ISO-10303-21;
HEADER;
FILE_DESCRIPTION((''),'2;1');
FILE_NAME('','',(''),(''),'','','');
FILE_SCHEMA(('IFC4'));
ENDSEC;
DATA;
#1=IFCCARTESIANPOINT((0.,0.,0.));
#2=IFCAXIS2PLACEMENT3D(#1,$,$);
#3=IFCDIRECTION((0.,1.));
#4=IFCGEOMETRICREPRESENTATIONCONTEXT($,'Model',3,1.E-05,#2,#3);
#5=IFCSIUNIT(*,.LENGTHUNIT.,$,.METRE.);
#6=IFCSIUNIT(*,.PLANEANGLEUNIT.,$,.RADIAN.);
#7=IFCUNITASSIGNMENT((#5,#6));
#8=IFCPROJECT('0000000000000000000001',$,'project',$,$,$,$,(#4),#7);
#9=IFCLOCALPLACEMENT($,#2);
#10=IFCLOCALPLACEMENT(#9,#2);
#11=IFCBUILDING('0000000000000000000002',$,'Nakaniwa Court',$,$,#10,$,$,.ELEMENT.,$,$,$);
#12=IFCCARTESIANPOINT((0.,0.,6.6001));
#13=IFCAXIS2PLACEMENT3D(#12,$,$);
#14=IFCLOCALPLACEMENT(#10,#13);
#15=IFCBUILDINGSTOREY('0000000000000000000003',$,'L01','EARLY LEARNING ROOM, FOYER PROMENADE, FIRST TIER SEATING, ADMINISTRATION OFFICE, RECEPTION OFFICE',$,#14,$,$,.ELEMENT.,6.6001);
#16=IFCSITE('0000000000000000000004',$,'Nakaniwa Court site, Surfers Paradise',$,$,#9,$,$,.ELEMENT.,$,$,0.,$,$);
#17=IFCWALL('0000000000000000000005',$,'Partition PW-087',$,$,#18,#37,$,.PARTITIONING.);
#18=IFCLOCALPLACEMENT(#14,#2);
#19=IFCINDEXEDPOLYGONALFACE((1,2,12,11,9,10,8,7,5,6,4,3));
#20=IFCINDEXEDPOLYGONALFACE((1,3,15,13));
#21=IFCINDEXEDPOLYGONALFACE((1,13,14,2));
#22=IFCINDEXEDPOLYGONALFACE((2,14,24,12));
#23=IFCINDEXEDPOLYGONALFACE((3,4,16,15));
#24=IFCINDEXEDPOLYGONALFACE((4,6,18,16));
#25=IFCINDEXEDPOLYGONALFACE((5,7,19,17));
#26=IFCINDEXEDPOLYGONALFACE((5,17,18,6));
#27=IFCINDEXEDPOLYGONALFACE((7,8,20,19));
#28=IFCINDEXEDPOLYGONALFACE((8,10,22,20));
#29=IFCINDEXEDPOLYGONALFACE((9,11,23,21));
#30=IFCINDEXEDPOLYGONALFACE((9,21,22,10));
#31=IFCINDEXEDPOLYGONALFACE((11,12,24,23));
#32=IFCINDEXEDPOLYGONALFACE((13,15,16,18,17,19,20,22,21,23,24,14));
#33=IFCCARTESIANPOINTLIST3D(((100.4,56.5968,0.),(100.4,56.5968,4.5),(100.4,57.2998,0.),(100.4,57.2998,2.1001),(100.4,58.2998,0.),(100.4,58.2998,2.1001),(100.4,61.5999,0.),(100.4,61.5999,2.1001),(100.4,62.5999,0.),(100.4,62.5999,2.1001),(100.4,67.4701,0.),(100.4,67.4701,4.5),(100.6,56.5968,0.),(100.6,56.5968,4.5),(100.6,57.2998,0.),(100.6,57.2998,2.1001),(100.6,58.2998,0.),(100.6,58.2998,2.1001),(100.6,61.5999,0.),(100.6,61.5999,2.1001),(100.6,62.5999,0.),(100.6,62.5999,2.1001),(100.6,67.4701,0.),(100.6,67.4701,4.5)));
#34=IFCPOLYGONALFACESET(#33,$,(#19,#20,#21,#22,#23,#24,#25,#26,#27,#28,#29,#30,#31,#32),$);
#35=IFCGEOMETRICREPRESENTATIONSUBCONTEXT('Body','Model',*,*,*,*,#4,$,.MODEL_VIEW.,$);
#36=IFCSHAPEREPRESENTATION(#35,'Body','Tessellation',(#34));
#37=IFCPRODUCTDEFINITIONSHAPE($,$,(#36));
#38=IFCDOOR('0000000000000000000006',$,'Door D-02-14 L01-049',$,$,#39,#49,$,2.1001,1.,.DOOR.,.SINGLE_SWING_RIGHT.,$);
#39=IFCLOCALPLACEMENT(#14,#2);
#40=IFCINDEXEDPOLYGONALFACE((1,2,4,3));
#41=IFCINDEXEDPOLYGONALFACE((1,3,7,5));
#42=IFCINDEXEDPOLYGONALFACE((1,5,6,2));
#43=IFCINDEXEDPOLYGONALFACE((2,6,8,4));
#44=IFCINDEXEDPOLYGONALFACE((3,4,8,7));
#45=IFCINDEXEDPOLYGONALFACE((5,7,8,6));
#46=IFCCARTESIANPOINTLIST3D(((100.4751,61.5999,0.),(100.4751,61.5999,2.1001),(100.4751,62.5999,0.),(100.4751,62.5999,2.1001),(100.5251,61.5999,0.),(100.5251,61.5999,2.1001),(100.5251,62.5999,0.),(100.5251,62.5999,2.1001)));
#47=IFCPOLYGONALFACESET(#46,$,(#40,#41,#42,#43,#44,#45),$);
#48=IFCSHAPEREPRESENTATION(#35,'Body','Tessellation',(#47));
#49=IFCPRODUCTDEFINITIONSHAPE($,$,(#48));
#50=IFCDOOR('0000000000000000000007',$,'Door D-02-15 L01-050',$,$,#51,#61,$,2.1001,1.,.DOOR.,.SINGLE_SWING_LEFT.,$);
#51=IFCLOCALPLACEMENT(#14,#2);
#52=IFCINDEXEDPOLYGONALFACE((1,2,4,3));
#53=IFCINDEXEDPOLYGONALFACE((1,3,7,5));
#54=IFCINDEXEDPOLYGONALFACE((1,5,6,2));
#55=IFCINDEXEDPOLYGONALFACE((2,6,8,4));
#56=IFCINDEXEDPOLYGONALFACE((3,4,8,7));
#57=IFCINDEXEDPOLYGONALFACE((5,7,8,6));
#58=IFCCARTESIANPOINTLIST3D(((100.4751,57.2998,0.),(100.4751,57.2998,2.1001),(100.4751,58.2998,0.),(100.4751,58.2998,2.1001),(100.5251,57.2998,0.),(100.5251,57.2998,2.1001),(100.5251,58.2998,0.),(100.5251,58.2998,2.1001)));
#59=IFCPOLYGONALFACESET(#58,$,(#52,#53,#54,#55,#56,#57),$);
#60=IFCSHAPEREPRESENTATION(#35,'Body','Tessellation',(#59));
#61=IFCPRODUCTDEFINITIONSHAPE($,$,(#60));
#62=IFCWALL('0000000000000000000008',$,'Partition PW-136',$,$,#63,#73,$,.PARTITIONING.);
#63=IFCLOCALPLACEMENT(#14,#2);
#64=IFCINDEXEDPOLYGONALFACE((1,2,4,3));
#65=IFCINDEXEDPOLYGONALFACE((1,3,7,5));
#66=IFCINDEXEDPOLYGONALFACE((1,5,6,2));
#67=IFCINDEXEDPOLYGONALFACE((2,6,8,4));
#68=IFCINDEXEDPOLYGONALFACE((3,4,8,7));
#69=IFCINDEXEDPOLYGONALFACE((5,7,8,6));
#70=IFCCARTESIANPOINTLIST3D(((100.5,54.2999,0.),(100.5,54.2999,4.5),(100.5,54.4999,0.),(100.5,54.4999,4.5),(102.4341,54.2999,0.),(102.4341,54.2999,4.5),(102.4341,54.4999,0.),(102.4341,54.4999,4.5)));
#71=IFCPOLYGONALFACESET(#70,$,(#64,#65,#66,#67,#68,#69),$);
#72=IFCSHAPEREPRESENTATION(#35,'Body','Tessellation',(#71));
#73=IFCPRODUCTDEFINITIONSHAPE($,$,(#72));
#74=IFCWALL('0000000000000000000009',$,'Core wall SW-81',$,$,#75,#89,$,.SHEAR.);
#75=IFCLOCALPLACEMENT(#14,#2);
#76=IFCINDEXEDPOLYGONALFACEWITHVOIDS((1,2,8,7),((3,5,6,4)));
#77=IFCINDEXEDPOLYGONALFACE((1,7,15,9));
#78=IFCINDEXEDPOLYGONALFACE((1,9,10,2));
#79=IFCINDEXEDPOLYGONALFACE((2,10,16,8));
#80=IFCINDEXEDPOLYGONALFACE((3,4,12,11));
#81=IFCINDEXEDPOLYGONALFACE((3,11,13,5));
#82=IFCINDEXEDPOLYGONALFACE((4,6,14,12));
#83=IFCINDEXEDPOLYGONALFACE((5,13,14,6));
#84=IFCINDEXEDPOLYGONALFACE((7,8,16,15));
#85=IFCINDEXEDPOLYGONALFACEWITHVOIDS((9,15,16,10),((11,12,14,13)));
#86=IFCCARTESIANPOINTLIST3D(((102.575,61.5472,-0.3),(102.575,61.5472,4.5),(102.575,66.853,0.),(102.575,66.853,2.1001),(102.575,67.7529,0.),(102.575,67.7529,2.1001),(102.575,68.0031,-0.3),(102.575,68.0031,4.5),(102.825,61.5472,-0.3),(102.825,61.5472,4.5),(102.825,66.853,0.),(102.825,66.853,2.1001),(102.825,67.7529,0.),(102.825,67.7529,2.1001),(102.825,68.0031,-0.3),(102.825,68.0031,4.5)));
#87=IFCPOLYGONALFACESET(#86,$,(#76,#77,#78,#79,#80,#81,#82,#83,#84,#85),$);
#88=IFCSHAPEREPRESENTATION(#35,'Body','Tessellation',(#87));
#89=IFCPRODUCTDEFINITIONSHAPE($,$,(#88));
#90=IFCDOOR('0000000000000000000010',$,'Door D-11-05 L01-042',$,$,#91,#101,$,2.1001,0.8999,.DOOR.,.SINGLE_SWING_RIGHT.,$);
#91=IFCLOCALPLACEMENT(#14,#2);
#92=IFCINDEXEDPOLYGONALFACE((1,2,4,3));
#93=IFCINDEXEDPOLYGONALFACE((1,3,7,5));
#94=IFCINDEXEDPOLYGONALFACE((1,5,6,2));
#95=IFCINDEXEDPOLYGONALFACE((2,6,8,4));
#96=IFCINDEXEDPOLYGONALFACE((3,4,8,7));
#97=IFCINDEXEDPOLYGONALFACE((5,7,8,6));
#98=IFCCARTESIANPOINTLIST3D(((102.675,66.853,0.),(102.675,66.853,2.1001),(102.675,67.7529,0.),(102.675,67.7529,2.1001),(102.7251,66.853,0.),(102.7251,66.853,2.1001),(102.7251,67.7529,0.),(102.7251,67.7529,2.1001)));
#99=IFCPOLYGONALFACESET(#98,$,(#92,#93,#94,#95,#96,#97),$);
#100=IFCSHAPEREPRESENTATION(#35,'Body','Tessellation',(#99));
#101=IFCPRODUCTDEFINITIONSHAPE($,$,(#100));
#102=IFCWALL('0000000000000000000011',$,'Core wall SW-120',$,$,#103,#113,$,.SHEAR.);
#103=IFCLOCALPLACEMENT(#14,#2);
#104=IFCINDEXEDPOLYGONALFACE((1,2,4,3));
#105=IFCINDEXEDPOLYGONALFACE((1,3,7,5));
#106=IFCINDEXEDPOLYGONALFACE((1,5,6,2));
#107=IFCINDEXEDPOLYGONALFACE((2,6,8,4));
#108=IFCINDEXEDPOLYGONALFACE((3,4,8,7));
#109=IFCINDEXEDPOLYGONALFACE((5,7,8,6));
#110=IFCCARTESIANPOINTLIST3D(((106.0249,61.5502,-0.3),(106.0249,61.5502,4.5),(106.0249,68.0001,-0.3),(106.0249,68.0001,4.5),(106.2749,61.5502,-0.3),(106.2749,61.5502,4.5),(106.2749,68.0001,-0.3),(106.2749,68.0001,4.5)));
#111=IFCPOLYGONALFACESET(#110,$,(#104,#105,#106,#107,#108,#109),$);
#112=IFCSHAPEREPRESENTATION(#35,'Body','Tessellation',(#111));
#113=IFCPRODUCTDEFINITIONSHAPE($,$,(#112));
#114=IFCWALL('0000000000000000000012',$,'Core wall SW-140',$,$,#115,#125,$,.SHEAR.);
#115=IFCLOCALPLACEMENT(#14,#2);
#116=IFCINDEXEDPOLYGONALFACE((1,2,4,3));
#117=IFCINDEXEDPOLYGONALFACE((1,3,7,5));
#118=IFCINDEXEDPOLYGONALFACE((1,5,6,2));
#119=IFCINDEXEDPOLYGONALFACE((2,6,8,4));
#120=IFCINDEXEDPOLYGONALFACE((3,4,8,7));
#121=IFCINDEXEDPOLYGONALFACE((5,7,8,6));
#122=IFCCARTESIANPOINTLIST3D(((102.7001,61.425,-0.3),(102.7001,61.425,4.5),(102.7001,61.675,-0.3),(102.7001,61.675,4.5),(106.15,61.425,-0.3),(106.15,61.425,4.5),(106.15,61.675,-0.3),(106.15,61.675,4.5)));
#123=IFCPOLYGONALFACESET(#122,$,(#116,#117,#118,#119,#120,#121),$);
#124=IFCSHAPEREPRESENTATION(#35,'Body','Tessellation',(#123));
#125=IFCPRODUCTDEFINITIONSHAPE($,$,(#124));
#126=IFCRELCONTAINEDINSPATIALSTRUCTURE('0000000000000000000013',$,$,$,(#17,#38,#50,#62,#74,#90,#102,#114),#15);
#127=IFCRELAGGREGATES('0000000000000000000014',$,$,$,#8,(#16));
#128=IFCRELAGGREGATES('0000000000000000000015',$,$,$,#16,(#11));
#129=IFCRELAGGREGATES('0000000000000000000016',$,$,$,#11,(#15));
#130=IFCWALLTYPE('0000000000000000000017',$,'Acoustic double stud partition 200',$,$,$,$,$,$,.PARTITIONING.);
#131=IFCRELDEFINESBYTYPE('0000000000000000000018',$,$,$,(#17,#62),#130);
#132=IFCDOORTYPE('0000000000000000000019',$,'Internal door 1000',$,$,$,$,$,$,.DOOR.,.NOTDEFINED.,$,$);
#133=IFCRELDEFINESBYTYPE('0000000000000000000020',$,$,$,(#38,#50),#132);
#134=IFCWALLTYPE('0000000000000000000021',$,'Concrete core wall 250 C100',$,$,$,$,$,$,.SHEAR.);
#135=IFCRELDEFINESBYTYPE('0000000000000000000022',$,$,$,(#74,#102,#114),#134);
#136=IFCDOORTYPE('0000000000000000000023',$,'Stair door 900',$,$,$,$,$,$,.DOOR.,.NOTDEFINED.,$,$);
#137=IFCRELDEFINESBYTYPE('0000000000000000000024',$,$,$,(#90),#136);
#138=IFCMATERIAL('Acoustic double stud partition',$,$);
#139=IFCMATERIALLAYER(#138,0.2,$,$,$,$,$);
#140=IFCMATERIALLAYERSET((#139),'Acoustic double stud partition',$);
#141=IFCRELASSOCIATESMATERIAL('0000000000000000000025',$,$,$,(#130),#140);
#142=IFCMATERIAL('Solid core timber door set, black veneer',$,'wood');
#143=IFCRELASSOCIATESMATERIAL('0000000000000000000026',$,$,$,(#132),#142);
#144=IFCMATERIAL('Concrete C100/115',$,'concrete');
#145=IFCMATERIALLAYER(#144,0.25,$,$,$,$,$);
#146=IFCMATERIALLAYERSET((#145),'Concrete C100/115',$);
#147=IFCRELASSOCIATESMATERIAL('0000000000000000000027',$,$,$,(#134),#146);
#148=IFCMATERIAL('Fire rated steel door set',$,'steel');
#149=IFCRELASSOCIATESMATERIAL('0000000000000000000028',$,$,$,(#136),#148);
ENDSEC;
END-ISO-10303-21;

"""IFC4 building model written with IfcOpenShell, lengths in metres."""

from ifc_helpers import new_model, si_unit, direction, frame, frame_2d, origin, place, context, subcontext, project, spatial, rectangle, extrude, material, layer, layer_set, type_object, element, fill, save


model = new_model("IFC4")

# Units and contexts
model_context = context("Model", 3, precision=1e-05, world=origin(), true_north=direction((0.0, 1.0)))
body_context = subcontext(model_context, "Body", "Model", "MODEL_VIEW")
ifc_project = project(units=[si_unit("LENGTHUNIT", "METRE"), si_unit("PLANEANGLEUNIT", "RADIAN")], contexts=[model_context])

# Site, building, storey
site_placement = place(None, origin())
site = spatial("IfcSite", under=ifc_project, at=site_placement, Name="Nakaniwa Court site, Surfers Paradise", CompositionType="ELEMENT", RefElevation=0.0)
building_placement = place(site_placement, origin())
building = spatial("IfcBuilding", under=site, at=building_placement, Name="Nakaniwa Court", CompositionType="ELEMENT")
storey_placement = place(building_placement, frame((0.0, 0.0, 6.6001)))
storey = spatial("IfcBuildingStorey", under=building, at=storey_placement, Name="L01", Description="EARLY LEARNING ROOM, FOYER PROMENADE, FIRST TIER SEATING, ADMINISTRATION OFFICE, RECEPTION OFFICE", CompositionType="ELEMENT", Elevation=6.6001)

# Shared definitions
ifc_material_1 = material(Name="Concrete C100/115", Category="concrete")

# Shared definitions
ifc_material_2 = material(Name="Acoustic double stud partition")
ifc_layer_1 = layer(ifc_material_2, 0.2)
ifc_layer_set_1 = layer_set([ifc_layer_1], Name="Acoustic double stud partition")
wall_type_1 = type_object("IfcWallType", Name="Acoustic double stud partition 200", PredefinedType="PARTITIONING", material=ifc_layer_set_1)
ifc_material_3 = material(Name="Solid core timber door set, black veneer", Category="wood")
door_type_1 = type_object("IfcDoorType", Name="Internal door 1000", OperationType="NOTDEFINED", PredefinedType="DOOR", material=ifc_material_3)

# Wall, openings, doors
wall_1_placement = place(storey_placement, frame((100.5, 56.5969, 0.0), z_axis=(0.0, 0.0, 1.0), x_axis=(0.0, 1.0, 0.0)))
wall_1 = element("IfcWall", 1, at=wall_1_placement, inside=storey, type_object=wall_type_1, Name="Partition PW-087", PredefinedType="PARTITIONING", context=body_context, shape_type="SweptSolid", body=[
    extrude(rectangle(XDim=10.8733, YDim=0.2, at=frame_2d((5.4365, 0.0))), origin(), (0.0, 0.0, 1.0), 4.5),
])
opening_1_placement = place(wall_1_placement, frame((5.0029, 0.0, 0.0)))
opening_1 = element("IfcOpeningElement", 2, at=opening_1_placement, cuts=wall_1, PredefinedType="OPENING", context=body_context, shape_type="SweptSolid", body=[
    extrude(rectangle(XDim=1.0, YDim=2.1001, at=frame_2d((0.5, 1.05))), frame((0.0, 0.1099, 0.0), z_axis=(0.0, -1.0, 0.0), x_axis=(1.0, 0.0, 0.0)), (0.0, 0.0, 1.0), 0.22),
])
opening_2_placement = place(wall_1_placement, frame((0.7029, 0.0, 0.0)))
opening_2 = element("IfcOpeningElement", 3, at=opening_2_placement, cuts=wall_1, PredefinedType="OPENING", context=body_context, shape_type="SweptSolid", body=[
    extrude(rectangle(XDim=1.0, YDim=2.1001, at=frame_2d((0.5, 1.05))), frame((0.0, 0.1099, 0.0), z_axis=(0.0, -1.0, 0.0), x_axis=(1.0, 0.0, 0.0)), (0.0, 0.0, 1.0), 0.22),
])
door_1_placement = place(opening_1_placement, origin())
door_1 = element("IfcDoor", 4, at=door_1_placement, inside=storey, type_object=door_type_1, Name="Door D-02-14 L01-049", OperationType="SINGLE_SWING_RIGHT", OverallHeight=2.1001, OverallWidth=1.0, PredefinedType="DOOR", context=body_context, shape_type="SweptSolid", body=[
    extrude(rectangle(XDim=1.0, YDim=2.1001, at=frame_2d((0.5, 1.05))), frame((0.0, 0.0249, 0.0), z_axis=(0.0, -1.0, 0.0), x_axis=(1.0, 0.0, 0.0)), (0.0, 0.0, 1.0), 0.05),
])
fill(opening_1, door_1)
door_2_placement = place(opening_2_placement, origin())
door_2 = element("IfcDoor", 5, at=door_2_placement, inside=storey, type_object=door_type_1, Name="Door D-02-15 L01-050", OperationType="SINGLE_SWING_LEFT", OverallHeight=2.1001, OverallWidth=1.0, PredefinedType="DOOR", context=body_context, shape_type="SweptSolid", body=[
    extrude(rectangle(XDim=1.0, YDim=2.1001, at=frame_2d((0.5, 1.05))), frame((0.0, 0.0249, 0.0), z_axis=(0.0, -1.0, 0.0), x_axis=(1.0, 0.0, 0.0)), (0.0, 0.0, 1.0), 0.05),
])
fill(opening_2, door_2)

# Wall
wall_2_placement = place(storey_placement, frame((100.5, 54.3999, 0.0), z_axis=(0.0, 0.0, 1.0), x_axis=(1.0, 0.0, 0.0)))
element("IfcWall", 6, at=wall_2_placement, inside=storey, type_object=wall_type_1, Name="Partition PW-136", PredefinedType="PARTITIONING", context=body_context, shape_type="SweptSolid", body=[
    extrude(rectangle(XDim=1.9341, YDim=0.2, at=frame_2d((0.967, 0.0))), origin(), (0.0, 0.0, 1.0), 4.5),
])

# Wall, opening, door
ifc_layer_2 = layer(ifc_material_1, 0.25)
ifc_layer_set_2 = layer_set([ifc_layer_2], Name="Concrete C100/115")
wall_type_2 = type_object("IfcWallType", Name="Concrete core wall 250 C100", PredefinedType="SHEAR", material=ifc_layer_set_2)
wall_3_placement = place(storey_placement, frame((102.7, 61.5471, -0.3), z_axis=(0.0, 0.0, 1.0), x_axis=(0.0, 1.0, 0.0)))
wall_3 = element("IfcWall", 7, at=wall_3_placement, inside=storey, type_object=wall_type_2, Name="Core wall SW-81", PredefinedType="SHEAR", context=body_context, shape_type="SweptSolid", body=[
    extrude(rectangle(XDim=6.4558, YDim=0.25, at=frame_2d((3.228, 0.0))), origin(), (0.0, 0.0, 1.0), 4.8),
])
opening_3_placement = place(wall_3_placement, frame((5.3059, 0.0, 0.3)))
opening_3 = element("IfcOpeningElement", 8, at=opening_3_placement, cuts=wall_3, PredefinedType="OPENING", context=body_context, shape_type="SweptSolid", body=[
    extrude(rectangle(XDim=0.8999, YDim=2.1001, at=frame_2d((0.45, 1.05))), frame((0.0, 0.135, 0.0), z_axis=(0.0, -1.0, 0.0), x_axis=(1.0, 0.0, 0.0)), (0.0, 0.0, 1.0), 0.27),
])
ifc_material_4 = material(Name="Fire rated steel door set", Category="steel")
door_type_2 = type_object("IfcDoorType", Name="Stair door 900", OperationType="NOTDEFINED", PredefinedType="DOOR", material=ifc_material_4)
door_3_placement = place(opening_3_placement, origin())
door_3 = element("IfcDoor", 9, at=door_3_placement, inside=storey, type_object=door_type_2, Name="Door D-11-05 L01-042", OperationType="SINGLE_SWING_RIGHT", OverallHeight=2.1001, OverallWidth=0.8999, PredefinedType="DOOR", context=body_context, shape_type="SweptSolid", body=[
    extrude(rectangle(XDim=0.8999, YDim=2.1001, at=frame_2d((0.45, 1.05))), frame((0.0, 0.0249, 0.0), z_axis=(0.0, -1.0, 0.0), x_axis=(1.0, 0.0, 0.0)), (0.0, 0.0, 1.0), 0.05),
])
fill(opening_3, door_3)

# Walls
wall_4_placement = place(storey_placement, frame((106.1499, 61.55, -0.3), z_axis=(0.0, 0.0, 1.0), x_axis=(0.0, 1.0, 0.0)))
element("IfcWall", 10, at=wall_4_placement, inside=storey, type_object=wall_type_2, Name="Core wall SW-120", PredefinedType="SHEAR", context=body_context, shape_type="SweptSolid", body=[
    extrude(rectangle(XDim=6.45, YDim=0.25, at=frame_2d((3.2251, 0.0))), origin(), (0.0, 0.0, 1.0), 4.8),
])
wall_5_placement = place(storey_placement, frame((102.7, 61.55, -0.3), z_axis=(0.0, 0.0, 1.0), x_axis=(1.0, 0.0, 0.0)))
element("IfcWall", 11, at=wall_5_placement, inside=storey, type_object=wall_type_2, Name="Core wall SW-140", PredefinedType="SHEAR", context=body_context, shape_type="SweptSolid", body=[
    extrude(rectangle(XDim=3.45, YDim=0.25, at=frame_2d((1.7251, 0.0))), origin(), (0.0, 0.0, 1.0), 4.8),
])

save(model, "model.ifc")
